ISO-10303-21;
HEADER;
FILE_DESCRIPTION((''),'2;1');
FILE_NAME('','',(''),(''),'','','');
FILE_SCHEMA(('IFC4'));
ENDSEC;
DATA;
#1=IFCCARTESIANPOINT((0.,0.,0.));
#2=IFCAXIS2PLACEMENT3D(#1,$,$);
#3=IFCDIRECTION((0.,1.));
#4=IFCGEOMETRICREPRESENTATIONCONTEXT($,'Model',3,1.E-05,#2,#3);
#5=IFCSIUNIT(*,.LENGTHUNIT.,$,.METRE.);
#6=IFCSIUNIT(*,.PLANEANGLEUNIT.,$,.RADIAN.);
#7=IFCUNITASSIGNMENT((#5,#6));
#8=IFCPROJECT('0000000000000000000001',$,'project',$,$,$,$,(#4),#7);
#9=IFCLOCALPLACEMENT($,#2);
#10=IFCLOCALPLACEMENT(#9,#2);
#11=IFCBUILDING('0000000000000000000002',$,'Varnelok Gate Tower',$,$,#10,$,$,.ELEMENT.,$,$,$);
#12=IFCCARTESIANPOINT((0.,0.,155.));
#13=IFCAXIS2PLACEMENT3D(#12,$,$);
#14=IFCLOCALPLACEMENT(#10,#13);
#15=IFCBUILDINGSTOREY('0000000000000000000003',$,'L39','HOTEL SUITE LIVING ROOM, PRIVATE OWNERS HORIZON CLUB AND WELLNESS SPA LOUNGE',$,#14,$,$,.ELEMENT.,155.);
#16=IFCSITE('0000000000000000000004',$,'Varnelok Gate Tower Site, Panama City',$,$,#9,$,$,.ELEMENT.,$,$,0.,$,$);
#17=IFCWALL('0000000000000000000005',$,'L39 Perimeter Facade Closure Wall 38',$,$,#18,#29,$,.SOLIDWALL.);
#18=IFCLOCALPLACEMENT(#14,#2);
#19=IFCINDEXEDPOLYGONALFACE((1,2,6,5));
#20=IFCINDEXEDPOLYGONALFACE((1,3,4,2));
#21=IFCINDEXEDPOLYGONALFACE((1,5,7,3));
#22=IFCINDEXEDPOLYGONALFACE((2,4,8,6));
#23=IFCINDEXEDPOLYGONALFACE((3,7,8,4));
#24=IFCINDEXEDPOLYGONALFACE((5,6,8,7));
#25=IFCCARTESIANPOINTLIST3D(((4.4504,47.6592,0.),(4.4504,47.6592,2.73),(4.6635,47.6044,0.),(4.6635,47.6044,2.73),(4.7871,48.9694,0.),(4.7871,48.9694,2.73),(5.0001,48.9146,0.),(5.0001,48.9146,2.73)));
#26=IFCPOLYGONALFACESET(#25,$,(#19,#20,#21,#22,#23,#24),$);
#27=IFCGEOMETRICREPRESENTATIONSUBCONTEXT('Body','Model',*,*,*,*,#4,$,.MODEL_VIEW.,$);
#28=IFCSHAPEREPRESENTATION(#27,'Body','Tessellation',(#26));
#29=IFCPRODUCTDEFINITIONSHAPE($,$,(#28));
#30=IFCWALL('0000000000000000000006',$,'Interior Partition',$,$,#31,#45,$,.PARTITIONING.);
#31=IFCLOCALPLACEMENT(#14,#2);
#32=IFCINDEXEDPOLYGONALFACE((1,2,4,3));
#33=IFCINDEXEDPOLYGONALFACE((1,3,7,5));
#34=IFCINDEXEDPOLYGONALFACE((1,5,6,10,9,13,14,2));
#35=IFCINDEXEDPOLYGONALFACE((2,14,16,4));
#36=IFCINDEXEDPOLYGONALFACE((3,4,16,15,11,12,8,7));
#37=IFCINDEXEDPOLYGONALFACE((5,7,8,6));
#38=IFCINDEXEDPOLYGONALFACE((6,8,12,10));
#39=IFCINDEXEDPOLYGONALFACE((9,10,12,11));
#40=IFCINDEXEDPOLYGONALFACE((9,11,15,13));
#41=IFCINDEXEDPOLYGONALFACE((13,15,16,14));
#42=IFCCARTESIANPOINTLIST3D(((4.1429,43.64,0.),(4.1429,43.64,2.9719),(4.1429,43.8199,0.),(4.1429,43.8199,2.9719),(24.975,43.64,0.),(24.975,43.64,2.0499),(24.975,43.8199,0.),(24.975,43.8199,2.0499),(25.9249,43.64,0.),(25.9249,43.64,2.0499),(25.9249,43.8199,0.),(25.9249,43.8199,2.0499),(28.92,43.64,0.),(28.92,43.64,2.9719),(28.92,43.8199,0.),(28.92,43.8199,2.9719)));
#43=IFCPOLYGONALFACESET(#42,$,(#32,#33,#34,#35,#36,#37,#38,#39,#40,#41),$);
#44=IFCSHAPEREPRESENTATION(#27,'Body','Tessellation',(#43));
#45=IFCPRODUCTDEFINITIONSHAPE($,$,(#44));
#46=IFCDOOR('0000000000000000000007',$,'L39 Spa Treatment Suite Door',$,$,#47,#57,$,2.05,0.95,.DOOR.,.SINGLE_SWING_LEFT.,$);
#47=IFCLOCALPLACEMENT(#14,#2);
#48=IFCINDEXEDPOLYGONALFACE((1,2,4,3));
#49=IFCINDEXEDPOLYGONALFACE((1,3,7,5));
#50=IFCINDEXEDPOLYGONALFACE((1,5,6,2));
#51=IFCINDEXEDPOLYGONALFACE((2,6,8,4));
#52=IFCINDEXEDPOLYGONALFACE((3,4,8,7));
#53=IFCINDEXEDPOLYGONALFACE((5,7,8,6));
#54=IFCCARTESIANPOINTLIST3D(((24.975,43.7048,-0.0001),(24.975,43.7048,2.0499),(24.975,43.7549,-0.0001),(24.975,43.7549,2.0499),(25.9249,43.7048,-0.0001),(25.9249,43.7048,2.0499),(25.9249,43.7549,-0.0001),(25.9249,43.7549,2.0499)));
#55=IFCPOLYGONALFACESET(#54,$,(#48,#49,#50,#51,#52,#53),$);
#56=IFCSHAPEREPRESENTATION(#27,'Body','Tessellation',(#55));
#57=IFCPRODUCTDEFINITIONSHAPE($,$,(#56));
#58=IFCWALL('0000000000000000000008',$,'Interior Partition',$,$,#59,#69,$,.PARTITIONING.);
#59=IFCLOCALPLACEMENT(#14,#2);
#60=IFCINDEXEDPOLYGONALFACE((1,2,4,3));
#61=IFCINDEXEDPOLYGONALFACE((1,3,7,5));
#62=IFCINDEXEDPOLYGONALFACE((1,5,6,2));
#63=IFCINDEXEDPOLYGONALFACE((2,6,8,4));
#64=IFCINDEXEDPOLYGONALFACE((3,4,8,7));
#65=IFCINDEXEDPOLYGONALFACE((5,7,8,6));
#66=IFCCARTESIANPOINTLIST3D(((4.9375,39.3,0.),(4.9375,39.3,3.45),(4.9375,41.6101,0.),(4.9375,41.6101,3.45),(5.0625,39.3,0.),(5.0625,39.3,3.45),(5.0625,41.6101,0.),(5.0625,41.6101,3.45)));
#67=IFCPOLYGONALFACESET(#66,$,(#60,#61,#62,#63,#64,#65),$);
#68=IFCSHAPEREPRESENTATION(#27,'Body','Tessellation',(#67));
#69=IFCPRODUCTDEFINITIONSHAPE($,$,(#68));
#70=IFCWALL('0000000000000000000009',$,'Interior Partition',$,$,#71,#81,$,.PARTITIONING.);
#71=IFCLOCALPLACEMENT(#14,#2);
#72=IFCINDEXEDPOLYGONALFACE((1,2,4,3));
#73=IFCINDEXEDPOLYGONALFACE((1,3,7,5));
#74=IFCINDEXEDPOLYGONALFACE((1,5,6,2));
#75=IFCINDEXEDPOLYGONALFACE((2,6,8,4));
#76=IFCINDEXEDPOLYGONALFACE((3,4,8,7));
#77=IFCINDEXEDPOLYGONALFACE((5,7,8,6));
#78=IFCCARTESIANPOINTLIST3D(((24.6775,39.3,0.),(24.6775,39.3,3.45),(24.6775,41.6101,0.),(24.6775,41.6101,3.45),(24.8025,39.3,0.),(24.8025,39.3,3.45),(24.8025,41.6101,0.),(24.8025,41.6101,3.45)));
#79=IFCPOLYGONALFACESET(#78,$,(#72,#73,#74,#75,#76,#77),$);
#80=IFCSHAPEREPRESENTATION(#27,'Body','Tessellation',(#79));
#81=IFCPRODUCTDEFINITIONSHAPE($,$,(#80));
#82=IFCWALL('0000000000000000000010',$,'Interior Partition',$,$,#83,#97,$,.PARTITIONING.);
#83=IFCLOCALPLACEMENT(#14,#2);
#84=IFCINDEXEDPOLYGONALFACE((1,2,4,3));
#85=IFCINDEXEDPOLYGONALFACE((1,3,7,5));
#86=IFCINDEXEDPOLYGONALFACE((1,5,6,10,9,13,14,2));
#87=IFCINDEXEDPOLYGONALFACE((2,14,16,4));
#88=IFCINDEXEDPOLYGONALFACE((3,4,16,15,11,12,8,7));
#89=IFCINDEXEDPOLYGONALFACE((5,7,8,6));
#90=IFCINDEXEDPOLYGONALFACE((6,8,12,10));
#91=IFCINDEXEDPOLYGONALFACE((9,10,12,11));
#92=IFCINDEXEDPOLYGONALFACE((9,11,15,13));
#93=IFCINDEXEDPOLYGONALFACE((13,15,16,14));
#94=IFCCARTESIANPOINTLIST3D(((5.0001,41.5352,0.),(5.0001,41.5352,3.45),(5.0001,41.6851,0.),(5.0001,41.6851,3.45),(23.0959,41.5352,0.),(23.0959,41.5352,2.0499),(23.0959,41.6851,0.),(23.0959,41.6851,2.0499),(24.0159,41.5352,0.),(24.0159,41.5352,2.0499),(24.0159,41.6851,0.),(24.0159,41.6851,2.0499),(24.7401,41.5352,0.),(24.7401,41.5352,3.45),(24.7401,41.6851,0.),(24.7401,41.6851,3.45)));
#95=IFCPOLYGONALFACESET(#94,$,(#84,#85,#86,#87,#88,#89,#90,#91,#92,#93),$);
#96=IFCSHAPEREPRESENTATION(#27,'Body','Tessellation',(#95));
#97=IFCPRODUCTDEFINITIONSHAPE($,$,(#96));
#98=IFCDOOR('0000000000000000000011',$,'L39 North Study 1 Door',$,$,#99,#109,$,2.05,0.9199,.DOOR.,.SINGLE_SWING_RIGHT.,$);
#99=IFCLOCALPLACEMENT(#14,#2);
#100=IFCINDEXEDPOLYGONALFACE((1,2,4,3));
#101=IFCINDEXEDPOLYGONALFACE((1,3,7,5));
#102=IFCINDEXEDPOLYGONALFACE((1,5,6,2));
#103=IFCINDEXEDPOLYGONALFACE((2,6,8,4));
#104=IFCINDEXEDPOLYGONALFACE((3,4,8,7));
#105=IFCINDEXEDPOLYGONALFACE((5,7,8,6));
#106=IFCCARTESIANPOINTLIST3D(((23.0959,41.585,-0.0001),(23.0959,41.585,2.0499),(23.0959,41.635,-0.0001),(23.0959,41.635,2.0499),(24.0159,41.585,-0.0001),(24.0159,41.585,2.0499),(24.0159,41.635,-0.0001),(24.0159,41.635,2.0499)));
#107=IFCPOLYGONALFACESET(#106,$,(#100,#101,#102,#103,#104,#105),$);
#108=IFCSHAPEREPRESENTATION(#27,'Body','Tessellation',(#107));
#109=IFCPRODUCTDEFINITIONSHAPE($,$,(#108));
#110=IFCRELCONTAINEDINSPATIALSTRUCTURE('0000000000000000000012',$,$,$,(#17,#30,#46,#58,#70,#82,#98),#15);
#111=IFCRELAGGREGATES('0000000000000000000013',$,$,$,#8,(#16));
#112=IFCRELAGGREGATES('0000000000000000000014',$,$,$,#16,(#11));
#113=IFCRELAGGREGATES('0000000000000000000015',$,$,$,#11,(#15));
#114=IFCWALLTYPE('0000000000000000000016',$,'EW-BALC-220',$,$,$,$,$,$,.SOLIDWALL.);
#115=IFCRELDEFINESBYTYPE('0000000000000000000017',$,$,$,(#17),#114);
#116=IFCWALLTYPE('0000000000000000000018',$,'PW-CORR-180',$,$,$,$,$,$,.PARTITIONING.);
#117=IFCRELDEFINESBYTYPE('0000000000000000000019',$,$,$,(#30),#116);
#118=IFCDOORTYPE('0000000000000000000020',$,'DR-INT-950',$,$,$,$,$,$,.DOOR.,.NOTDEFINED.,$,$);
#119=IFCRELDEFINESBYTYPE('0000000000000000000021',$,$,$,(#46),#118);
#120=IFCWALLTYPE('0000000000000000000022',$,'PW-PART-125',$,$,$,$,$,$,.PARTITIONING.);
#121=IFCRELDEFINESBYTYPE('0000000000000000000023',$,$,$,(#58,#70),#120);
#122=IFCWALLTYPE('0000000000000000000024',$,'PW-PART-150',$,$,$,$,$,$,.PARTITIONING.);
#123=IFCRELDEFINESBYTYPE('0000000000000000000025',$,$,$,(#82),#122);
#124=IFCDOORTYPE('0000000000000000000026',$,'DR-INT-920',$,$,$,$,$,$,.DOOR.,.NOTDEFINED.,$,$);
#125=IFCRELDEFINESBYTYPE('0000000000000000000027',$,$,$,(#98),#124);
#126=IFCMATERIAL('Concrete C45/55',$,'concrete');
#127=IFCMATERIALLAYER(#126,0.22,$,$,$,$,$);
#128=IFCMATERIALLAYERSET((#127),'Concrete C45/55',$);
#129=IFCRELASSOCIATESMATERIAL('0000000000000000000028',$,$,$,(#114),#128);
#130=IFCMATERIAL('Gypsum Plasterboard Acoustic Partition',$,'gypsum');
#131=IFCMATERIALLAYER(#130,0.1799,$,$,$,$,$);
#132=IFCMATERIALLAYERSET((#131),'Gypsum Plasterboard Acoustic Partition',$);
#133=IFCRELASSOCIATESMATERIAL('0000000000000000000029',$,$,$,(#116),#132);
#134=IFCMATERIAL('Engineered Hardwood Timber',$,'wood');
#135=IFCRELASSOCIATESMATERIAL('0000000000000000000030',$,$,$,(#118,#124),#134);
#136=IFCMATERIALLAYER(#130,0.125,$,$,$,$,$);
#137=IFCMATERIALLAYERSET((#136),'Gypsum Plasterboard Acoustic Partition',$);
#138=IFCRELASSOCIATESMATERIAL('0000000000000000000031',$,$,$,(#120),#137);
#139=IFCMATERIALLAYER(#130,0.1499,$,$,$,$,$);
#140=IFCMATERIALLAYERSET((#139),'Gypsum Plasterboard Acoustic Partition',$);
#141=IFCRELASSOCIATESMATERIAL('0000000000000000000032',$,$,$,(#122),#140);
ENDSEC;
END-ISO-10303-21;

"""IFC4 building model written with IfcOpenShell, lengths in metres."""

from ifc_helpers import new_model, si_unit, direction, frame, frame_2d, origin, place, context, subcontext, project, spatial, rectangle, extrude, material, layer, layer_set, type_object, element, fill, save


model = new_model("IFC4")

# Units and contexts
model_context = context("Model", 3, precision=1e-05, world=origin(), true_north=direction((0.0, 1.0)))
body_context = subcontext(model_context, "Body", "Model", "MODEL_VIEW")
ifc_project = project(units=[si_unit("LENGTHUNIT", "METRE"), si_unit("PLANEANGLEUNIT", "RADIAN")], contexts=[model_context])

# Site, building, storey
site_placement = place(None, origin())
site = spatial("IfcSite", under=ifc_project, at=site_placement, Name="Varnelok Gate Tower Site, Panama City", CompositionType="ELEMENT", RefElevation=0.0)
building_placement = place(site_placement, origin())
building = spatial("IfcBuilding", under=site, at=building_placement, Name="Varnelok Gate Tower", CompositionType="ELEMENT")
storey_placement = place(building_placement, frame((0.0, 0.0, 155.0)))
storey = spatial("IfcBuildingStorey", under=building, at=storey_placement, Name="L39", Description="HOTEL SUITE LIVING ROOM, PRIVATE OWNERS HORIZON CLUB AND WELLNESS SPA LOUNGE", CompositionType="ELEMENT", Elevation=155.0)

# Wall
ifc_material_1 = material(Name="Concrete C45/55", Category="concrete")
ifc_layer_1 = layer(ifc_material_1, 0.22)
ifc_layer_set_1 = layer_set([ifc_layer_1], Name="Concrete C45/55")
wall_type_1 = type_object("IfcWallType", Name="EW-BALC-220", PredefinedType="SOLIDWALL", material=ifc_layer_set_1)
wall_1_placement = place(storey_placement, frame((4.8936, 48.9419, 0.0), z_axis=(0.0, 0.0, 1.0), x_axis=(-0.248857, -0.96854, 0.0)))
element("IfcWall", 1, at=wall_1_placement, inside=storey, type_object=wall_type_1, Name="L39 Perimeter Facade Closure Wall 38", PredefinedType="SOLIDWALL", context=body_context, shape_type="SweptSolid", body=[
    extrude(rectangle(XDim=1.3528, YDim=0.22, at=frame_2d((0.6763, 0.0))), origin(), (0.0, 0.0, 1.0), 2.73),
])

# Wall, opening, door
ifc_material_2 = material(Name="Gypsum Plasterboard Acoustic Partition", Category="gypsum")
ifc_layer_2 = layer(ifc_material_2, 0.1799)
ifc_layer_set_2 = layer_set([ifc_layer_2], Name="Gypsum Plasterboard Acoustic Partition")
wall_type_2 = type_object("IfcWallType", Name="PW-CORR-180", PredefinedType="PARTITIONING", material=ifc_layer_set_2)
wall_2_placement = place(storey_placement, frame((4.1428, 43.73, 0.0), z_axis=(0.0, 0.0, 1.0), x_axis=(1.0, 0.0, 0.0)))
wall_2 = element("IfcWall", 2, at=wall_2_placement, inside=storey, type_object=wall_type_2, Name="Interior Partition", PredefinedType="PARTITIONING", context=body_context, shape_type="SweptSolid", body=[
    extrude(rectangle(XDim=24.7771, YDim=0.1799, at=frame_2d((12.3887, 0.0))), origin(), (0.0, 0.0, 1.0), 2.9719),
])
opening_1_placement = place(wall_2_placement, frame((20.832, 0.0, 0.0)))
opening_1 = element("IfcOpeningElement", 3, at=opening_1_placement, cuts=wall_2, PredefinedType="OPENING", context=body_context, shape_type="SweptSolid", body=[
    extrude(rectangle(XDim=0.95, YDim=2.05, at=frame_2d((0.4751, 1.0249))), frame((0.0, 0.0999, 0.0), z_axis=(0.0, -1.0, 0.0), x_axis=(1.0, 0.0, 0.0)), (0.0, 0.0, 1.0), 0.2),
])
ifc_material_3 = material(Name="Engineered Hardwood Timber", Category="wood")
door_type_1 = type_object("IfcDoorType", Name="DR-INT-950", OperationType="NOTDEFINED", PredefinedType="DOOR", material=ifc_material_3)
door_1_placement = place(opening_1_placement, origin())
door_1 = element("IfcDoor", 4, at=door_1_placement, inside=storey, type_object=door_type_1, Name="L39 Spa Treatment Suite Door", OperationType="SINGLE_SWING_LEFT", OverallHeight=2.05, OverallWidth=0.95, PredefinedType="DOOR", context=body_context, shape_type="SweptSolid", body=[
    extrude(rectangle(XDim=0.95, YDim=2.05, at=frame_2d((0.4751, 1.0249))), frame((0.0, 0.0249, 0.0), z_axis=(0.0, -1.0, 0.0), x_axis=(1.0, 0.0, 0.0)), (0.0, 0.0, 1.0), 0.05),
])
fill(opening_1, door_1)

# Walls
ifc_layer_3 = layer(ifc_material_2, 0.125)
ifc_layer_set_3 = layer_set([ifc_layer_3], Name="Gypsum Plasterboard Acoustic Partition")
wall_type_3 = type_object("IfcWallType", Name="PW-PART-125", PredefinedType="PARTITIONING", material=ifc_layer_set_3)
for number, where, z_axis, x_axis, name in (
    (5, (5.0, 39.3, 0.0), (0.0, 0.0, 1.0), (0.0, 1.0, 0.0), "Interior Partition"),
    (6, (24.74, 39.3, 0.0), (0.0, 0.0, 1.0), (0.0, 1.0, 0.0), "Interior Partition"),
):
    element("IfcWall", number, at=place(storey_placement, frame(where, z_axis=z_axis, x_axis=x_axis)), inside=storey, type_object=wall_type_3, Name=name, PredefinedType="PARTITIONING", context=body_context, shape_type="SweptSolid", body=[
        extrude(rectangle(XDim=2.3101, YDim=0.125, at=frame_2d((1.155, 0.0))), origin(), (0.0, 0.0, 1.0), 3.45),
    ])

# Wall, opening, door
ifc_layer_4 = layer(ifc_material_2, 0.1499)
ifc_layer_set_4 = layer_set([ifc_layer_4], Name="Gypsum Plasterboard Acoustic Partition")
wall_type_4 = type_object("IfcWallType", Name="PW-PART-150", PredefinedType="PARTITIONING", material=ifc_layer_set_4)
wall_3_placement = place(storey_placement, frame((5.0, 41.6101, 0.0), z_axis=(0.0, 0.0, 1.0), x_axis=(1.0, 0.0, 0.0)))
wall_3 = element("IfcWall", 7, at=wall_3_placement, inside=storey, type_object=wall_type_4, Name="Interior Partition", PredefinedType="PARTITIONING", context=body_context, shape_type="SweptSolid", body=[
    extrude(rectangle(XDim=19.74, YDim=0.1499, at=frame_2d((9.8701, 0.0))), origin(), (0.0, 0.0, 1.0), 3.45),
])
opening_2_placement = place(wall_3_placement, frame((18.0959, 0.0, 0.0)))
opening_2 = element("IfcOpeningElement", 8, at=opening_2_placement, cuts=wall_3, PredefinedType="OPENING", context=body_context, shape_type="SweptSolid", body=[
    extrude(rectangle(XDim=0.9199, YDim=2.05, at=frame_2d((0.46, 1.0249))), frame((0.0, 0.085, 0.0), z_axis=(0.0, -1.0, 0.0), x_axis=(1.0, 0.0, 0.0)), (0.0, 0.0, 1.0), 0.1699),
])
door_type_2 = type_object("IfcDoorType", Name="DR-INT-920", OperationType="NOTDEFINED", PredefinedType="DOOR", material=ifc_material_3)
door_2_placement = place(opening_2_placement, origin())
door_2 = element("IfcDoor", 9, at=door_2_placement, inside=storey, type_object=door_type_2, Name="L39 North Study 1 Door", OperationType="SINGLE_SWING_RIGHT", OverallHeight=2.05, OverallWidth=0.9199, PredefinedType="DOOR", context=body_context, shape_type="SweptSolid", body=[
    extrude(rectangle(XDim=0.9199, YDim=2.05, at=frame_2d((0.46, 1.0249))), frame((0.0, 0.0249, 0.0), z_axis=(0.0, -1.0, 0.0), x_axis=(1.0, 0.0, 0.0)), (0.0, 0.0, 1.0), 0.05),
])
fill(opening_2, door_2)

save(model, "model.ifc")
